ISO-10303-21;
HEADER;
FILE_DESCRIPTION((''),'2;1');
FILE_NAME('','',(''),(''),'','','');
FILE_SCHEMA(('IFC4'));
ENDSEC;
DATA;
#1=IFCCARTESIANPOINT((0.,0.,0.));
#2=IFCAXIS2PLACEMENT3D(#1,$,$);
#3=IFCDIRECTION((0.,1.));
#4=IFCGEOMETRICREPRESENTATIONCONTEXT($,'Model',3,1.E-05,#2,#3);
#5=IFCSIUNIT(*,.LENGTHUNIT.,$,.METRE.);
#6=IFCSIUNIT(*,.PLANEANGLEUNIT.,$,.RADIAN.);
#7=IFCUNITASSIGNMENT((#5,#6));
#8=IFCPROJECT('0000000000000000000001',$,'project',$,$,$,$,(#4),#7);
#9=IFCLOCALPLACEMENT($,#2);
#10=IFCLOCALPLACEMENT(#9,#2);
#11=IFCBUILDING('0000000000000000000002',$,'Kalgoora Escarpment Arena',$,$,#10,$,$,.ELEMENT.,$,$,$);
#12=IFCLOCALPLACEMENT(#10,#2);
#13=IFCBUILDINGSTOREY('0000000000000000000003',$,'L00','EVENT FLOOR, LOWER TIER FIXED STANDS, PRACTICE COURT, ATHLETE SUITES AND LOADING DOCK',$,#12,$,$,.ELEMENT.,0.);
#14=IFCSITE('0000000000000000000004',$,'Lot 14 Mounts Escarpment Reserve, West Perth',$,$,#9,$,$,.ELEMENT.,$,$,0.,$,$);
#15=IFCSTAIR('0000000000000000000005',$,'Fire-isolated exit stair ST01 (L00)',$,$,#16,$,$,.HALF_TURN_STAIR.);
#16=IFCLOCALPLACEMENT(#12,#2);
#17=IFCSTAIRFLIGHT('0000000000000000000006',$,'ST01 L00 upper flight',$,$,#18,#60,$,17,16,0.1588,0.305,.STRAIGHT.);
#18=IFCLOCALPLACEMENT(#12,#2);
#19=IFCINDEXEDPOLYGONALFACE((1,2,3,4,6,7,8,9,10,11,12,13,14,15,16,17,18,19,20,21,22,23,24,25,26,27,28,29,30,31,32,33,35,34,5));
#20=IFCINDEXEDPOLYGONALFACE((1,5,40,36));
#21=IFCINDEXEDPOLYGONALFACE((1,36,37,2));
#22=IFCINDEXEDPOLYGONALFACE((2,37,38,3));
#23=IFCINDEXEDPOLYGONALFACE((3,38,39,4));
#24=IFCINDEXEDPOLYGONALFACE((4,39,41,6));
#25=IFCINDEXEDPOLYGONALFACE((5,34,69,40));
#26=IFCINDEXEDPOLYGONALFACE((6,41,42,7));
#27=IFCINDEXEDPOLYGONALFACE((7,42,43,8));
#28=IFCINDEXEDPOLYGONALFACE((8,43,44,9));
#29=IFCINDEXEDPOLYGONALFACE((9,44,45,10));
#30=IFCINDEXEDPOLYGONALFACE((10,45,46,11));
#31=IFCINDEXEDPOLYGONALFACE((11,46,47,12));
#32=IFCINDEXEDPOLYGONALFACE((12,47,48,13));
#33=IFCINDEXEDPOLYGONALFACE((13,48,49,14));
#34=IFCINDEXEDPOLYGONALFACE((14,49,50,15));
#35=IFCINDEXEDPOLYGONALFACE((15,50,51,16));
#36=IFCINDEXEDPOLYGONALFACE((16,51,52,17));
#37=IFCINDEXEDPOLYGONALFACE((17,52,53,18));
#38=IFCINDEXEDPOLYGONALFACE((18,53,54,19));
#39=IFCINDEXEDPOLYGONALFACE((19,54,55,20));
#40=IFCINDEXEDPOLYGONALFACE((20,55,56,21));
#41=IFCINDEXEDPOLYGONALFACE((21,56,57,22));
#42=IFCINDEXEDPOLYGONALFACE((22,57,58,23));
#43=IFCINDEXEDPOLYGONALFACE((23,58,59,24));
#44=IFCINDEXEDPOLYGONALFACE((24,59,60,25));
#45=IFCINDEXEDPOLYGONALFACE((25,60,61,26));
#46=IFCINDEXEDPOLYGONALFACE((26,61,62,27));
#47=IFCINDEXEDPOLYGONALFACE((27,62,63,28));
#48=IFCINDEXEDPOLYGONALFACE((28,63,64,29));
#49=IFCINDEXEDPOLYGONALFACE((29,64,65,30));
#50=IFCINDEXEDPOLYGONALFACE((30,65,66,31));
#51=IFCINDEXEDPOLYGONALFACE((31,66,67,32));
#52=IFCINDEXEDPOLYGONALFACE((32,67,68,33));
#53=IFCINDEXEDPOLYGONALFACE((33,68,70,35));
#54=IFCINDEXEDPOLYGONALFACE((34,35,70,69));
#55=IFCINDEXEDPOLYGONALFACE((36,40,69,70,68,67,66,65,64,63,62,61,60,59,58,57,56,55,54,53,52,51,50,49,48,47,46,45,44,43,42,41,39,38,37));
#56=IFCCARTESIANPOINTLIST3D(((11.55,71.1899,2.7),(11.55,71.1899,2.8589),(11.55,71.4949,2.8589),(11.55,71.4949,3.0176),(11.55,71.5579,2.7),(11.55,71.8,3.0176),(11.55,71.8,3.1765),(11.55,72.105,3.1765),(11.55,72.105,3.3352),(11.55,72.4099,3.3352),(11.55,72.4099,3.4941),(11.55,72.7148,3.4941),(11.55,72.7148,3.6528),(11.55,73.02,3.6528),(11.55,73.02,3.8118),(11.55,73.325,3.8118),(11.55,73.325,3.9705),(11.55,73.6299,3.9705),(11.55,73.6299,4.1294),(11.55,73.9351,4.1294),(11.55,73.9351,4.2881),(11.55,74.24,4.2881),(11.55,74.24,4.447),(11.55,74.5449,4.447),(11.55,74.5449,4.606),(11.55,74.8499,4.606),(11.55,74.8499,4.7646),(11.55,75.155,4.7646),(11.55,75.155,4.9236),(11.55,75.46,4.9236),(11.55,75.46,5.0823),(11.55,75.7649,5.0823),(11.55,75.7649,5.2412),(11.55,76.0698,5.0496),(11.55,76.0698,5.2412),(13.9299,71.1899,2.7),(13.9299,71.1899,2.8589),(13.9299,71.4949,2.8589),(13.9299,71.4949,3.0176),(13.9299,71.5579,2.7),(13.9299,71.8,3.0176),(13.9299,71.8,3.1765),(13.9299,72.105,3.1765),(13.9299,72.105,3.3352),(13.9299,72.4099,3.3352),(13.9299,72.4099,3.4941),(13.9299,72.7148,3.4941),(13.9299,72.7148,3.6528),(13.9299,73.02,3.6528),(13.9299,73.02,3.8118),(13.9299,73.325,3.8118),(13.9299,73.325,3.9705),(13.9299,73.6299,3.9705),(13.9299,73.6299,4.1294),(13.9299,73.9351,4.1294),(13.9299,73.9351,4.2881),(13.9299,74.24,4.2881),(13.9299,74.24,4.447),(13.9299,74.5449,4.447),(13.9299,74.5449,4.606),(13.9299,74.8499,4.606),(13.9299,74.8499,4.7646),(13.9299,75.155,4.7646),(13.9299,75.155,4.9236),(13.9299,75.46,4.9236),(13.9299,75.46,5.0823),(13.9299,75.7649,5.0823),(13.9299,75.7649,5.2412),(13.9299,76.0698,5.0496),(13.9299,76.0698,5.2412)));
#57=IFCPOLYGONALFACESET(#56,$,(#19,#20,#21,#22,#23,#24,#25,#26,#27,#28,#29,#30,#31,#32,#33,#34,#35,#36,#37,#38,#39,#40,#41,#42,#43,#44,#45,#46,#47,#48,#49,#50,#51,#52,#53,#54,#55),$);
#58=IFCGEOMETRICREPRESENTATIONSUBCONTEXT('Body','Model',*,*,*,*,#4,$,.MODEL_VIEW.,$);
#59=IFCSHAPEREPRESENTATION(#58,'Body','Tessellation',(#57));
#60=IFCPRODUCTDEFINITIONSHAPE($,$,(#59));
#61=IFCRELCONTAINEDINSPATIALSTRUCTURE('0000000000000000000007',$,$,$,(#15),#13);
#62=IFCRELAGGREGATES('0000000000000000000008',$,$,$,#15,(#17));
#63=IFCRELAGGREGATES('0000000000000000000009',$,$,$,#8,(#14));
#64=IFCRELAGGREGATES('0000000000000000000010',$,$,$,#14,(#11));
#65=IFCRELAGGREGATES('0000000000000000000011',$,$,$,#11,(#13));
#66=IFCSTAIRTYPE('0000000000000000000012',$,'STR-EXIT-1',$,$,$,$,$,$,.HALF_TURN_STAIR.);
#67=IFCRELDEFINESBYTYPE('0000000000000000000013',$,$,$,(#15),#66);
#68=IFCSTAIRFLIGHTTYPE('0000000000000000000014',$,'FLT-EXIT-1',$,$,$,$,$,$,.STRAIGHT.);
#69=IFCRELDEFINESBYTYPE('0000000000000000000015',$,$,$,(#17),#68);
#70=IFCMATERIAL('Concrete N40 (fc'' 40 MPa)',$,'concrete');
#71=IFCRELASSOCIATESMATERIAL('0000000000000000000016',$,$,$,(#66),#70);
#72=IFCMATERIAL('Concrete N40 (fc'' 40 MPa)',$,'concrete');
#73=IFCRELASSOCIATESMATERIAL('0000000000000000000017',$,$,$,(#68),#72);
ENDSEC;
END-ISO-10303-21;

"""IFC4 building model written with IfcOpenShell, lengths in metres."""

from ifc_helpers import new_model, si_unit, direction, frame, origin, place, context, subcontext, project, spatial, polyline, outline, extrude, material, type_object, element, aggregate, save


model = new_model("IFC4")

# Units and contexts
model_context = context("Model", 3, precision=1e-05, world=origin(), true_north=direction((0.0, 1.0)))
body_context = subcontext(model_context, "Body", "Model", "MODEL_VIEW")
ifc_project = project(units=[si_unit("LENGTHUNIT", "METRE"), si_unit("PLANEANGLEUNIT", "RADIAN")], contexts=[model_context])

# Site, building, storey
site_placement = place(None, origin())
site = spatial("IfcSite", under=ifc_project, at=site_placement, Name="Lot 14 Mounts Escarpment Reserve, West Perth", CompositionType="ELEMENT", RefElevation=0.0)
building_placement = place(site_placement, origin())
building = spatial("IfcBuilding", under=site, at=building_placement, Name="Kalgoora Escarpment Arena", CompositionType="ELEMENT")
storey_placement = place(building_placement, origin())
storey = spatial("IfcBuildingStorey", under=building, at=storey_placement, Name="L00", Description="EVENT FLOOR, LOWER TIER FIXED STANDS, PRACTICE COURT, ATHLETE SUITES AND LOADING DOCK", CompositionType="ELEMENT", Elevation=0.0)

# Stair, stair flight
ifc_material_1 = material(Name="Concrete N40 (fc' 40 MPa)", Category="concrete")
stair_type = type_object("IfcStairType", Name="STR-EXIT-1", PredefinedType="HALF_TURN_STAIR", material=ifc_material_1)
stair_placement = place(storey_placement, origin())
stair = element("IfcStair", 1, at=stair_placement, inside=storey, type_object=stair_type, Name="Fire-isolated exit stair ST01 (L00)", PredefinedType="HALF_TURN_STAIR")
ifc_material_2 = material(Name="Concrete N40 (fc' 40 MPa)", Category="concrete")
stair_flight_type = type_object("IfcStairFlightType", Name="FLT-EXIT-1", PredefinedType="STRAIGHT", material=ifc_material_2)
stair_flight_1_placement = place(storey_placement, frame((12.74, 71.1899, 2.7), z_axis=(0.0, 0.0, 1.0), x_axis=(0.0, 1.0, 0.0)))
stair_flight_1 = element("IfcStairFlight", 2, at=stair_flight_1_placement, type_object=stair_flight_type, Name="ST01 L00 upper flight", NumberOfRisers=17, NumberOfTreads=16, PredefinedType="STRAIGHT", RiserHeight=0.1588, TreadLength=0.305, context=body_context, shape_type="SweptSolid", body=[
    extrude(outline(polyline([(0.0, 0.0), (0.0, 0.1589), (0.3049, 0.1589), (0.3049, 0.3176), (0.6101, 0.3176), (0.6101, 0.4766), (0.915, 0.4766), (0.915, 0.6353), (1.22, 0.6353), (1.22, 0.7942), (1.5249, 0.7942), (1.5249, 0.9529), (1.8301, 0.9529), (1.8301, 1.1118), (2.135, 1.1118), (2.135, 1.2705), (2.4399, 1.2705), (2.4399, 1.4294), (2.7451, 1.4294), (2.7451, 1.5881), (3.05, 1.5881), (3.05, 1.7471), (3.355, 1.7471), (3.355, 1.906), (3.6599, 1.906), (3.6599, 2.0647), (3.9651, 2.0647), (3.9651, 2.2236), (4.27, 2.2236), (4.27, 2.3823), (4.575, 2.3823), (4.575, 2.5413), (4.8799, 2.5413), (4.8799, 2.7), (4.8799, 2.3496), (0.3679, 0.0), (0.0, 0.0)])), frame((0.0, 1.1899, 0.0), z_axis=(0.0, -1.0, 0.0), x_axis=(1.0, 0.0, 0.0)), (0.0, 0.0, 1.0), 2.3799),
])
aggregate(stair, [stair_flight_1])

save(model, "model.ifc")
